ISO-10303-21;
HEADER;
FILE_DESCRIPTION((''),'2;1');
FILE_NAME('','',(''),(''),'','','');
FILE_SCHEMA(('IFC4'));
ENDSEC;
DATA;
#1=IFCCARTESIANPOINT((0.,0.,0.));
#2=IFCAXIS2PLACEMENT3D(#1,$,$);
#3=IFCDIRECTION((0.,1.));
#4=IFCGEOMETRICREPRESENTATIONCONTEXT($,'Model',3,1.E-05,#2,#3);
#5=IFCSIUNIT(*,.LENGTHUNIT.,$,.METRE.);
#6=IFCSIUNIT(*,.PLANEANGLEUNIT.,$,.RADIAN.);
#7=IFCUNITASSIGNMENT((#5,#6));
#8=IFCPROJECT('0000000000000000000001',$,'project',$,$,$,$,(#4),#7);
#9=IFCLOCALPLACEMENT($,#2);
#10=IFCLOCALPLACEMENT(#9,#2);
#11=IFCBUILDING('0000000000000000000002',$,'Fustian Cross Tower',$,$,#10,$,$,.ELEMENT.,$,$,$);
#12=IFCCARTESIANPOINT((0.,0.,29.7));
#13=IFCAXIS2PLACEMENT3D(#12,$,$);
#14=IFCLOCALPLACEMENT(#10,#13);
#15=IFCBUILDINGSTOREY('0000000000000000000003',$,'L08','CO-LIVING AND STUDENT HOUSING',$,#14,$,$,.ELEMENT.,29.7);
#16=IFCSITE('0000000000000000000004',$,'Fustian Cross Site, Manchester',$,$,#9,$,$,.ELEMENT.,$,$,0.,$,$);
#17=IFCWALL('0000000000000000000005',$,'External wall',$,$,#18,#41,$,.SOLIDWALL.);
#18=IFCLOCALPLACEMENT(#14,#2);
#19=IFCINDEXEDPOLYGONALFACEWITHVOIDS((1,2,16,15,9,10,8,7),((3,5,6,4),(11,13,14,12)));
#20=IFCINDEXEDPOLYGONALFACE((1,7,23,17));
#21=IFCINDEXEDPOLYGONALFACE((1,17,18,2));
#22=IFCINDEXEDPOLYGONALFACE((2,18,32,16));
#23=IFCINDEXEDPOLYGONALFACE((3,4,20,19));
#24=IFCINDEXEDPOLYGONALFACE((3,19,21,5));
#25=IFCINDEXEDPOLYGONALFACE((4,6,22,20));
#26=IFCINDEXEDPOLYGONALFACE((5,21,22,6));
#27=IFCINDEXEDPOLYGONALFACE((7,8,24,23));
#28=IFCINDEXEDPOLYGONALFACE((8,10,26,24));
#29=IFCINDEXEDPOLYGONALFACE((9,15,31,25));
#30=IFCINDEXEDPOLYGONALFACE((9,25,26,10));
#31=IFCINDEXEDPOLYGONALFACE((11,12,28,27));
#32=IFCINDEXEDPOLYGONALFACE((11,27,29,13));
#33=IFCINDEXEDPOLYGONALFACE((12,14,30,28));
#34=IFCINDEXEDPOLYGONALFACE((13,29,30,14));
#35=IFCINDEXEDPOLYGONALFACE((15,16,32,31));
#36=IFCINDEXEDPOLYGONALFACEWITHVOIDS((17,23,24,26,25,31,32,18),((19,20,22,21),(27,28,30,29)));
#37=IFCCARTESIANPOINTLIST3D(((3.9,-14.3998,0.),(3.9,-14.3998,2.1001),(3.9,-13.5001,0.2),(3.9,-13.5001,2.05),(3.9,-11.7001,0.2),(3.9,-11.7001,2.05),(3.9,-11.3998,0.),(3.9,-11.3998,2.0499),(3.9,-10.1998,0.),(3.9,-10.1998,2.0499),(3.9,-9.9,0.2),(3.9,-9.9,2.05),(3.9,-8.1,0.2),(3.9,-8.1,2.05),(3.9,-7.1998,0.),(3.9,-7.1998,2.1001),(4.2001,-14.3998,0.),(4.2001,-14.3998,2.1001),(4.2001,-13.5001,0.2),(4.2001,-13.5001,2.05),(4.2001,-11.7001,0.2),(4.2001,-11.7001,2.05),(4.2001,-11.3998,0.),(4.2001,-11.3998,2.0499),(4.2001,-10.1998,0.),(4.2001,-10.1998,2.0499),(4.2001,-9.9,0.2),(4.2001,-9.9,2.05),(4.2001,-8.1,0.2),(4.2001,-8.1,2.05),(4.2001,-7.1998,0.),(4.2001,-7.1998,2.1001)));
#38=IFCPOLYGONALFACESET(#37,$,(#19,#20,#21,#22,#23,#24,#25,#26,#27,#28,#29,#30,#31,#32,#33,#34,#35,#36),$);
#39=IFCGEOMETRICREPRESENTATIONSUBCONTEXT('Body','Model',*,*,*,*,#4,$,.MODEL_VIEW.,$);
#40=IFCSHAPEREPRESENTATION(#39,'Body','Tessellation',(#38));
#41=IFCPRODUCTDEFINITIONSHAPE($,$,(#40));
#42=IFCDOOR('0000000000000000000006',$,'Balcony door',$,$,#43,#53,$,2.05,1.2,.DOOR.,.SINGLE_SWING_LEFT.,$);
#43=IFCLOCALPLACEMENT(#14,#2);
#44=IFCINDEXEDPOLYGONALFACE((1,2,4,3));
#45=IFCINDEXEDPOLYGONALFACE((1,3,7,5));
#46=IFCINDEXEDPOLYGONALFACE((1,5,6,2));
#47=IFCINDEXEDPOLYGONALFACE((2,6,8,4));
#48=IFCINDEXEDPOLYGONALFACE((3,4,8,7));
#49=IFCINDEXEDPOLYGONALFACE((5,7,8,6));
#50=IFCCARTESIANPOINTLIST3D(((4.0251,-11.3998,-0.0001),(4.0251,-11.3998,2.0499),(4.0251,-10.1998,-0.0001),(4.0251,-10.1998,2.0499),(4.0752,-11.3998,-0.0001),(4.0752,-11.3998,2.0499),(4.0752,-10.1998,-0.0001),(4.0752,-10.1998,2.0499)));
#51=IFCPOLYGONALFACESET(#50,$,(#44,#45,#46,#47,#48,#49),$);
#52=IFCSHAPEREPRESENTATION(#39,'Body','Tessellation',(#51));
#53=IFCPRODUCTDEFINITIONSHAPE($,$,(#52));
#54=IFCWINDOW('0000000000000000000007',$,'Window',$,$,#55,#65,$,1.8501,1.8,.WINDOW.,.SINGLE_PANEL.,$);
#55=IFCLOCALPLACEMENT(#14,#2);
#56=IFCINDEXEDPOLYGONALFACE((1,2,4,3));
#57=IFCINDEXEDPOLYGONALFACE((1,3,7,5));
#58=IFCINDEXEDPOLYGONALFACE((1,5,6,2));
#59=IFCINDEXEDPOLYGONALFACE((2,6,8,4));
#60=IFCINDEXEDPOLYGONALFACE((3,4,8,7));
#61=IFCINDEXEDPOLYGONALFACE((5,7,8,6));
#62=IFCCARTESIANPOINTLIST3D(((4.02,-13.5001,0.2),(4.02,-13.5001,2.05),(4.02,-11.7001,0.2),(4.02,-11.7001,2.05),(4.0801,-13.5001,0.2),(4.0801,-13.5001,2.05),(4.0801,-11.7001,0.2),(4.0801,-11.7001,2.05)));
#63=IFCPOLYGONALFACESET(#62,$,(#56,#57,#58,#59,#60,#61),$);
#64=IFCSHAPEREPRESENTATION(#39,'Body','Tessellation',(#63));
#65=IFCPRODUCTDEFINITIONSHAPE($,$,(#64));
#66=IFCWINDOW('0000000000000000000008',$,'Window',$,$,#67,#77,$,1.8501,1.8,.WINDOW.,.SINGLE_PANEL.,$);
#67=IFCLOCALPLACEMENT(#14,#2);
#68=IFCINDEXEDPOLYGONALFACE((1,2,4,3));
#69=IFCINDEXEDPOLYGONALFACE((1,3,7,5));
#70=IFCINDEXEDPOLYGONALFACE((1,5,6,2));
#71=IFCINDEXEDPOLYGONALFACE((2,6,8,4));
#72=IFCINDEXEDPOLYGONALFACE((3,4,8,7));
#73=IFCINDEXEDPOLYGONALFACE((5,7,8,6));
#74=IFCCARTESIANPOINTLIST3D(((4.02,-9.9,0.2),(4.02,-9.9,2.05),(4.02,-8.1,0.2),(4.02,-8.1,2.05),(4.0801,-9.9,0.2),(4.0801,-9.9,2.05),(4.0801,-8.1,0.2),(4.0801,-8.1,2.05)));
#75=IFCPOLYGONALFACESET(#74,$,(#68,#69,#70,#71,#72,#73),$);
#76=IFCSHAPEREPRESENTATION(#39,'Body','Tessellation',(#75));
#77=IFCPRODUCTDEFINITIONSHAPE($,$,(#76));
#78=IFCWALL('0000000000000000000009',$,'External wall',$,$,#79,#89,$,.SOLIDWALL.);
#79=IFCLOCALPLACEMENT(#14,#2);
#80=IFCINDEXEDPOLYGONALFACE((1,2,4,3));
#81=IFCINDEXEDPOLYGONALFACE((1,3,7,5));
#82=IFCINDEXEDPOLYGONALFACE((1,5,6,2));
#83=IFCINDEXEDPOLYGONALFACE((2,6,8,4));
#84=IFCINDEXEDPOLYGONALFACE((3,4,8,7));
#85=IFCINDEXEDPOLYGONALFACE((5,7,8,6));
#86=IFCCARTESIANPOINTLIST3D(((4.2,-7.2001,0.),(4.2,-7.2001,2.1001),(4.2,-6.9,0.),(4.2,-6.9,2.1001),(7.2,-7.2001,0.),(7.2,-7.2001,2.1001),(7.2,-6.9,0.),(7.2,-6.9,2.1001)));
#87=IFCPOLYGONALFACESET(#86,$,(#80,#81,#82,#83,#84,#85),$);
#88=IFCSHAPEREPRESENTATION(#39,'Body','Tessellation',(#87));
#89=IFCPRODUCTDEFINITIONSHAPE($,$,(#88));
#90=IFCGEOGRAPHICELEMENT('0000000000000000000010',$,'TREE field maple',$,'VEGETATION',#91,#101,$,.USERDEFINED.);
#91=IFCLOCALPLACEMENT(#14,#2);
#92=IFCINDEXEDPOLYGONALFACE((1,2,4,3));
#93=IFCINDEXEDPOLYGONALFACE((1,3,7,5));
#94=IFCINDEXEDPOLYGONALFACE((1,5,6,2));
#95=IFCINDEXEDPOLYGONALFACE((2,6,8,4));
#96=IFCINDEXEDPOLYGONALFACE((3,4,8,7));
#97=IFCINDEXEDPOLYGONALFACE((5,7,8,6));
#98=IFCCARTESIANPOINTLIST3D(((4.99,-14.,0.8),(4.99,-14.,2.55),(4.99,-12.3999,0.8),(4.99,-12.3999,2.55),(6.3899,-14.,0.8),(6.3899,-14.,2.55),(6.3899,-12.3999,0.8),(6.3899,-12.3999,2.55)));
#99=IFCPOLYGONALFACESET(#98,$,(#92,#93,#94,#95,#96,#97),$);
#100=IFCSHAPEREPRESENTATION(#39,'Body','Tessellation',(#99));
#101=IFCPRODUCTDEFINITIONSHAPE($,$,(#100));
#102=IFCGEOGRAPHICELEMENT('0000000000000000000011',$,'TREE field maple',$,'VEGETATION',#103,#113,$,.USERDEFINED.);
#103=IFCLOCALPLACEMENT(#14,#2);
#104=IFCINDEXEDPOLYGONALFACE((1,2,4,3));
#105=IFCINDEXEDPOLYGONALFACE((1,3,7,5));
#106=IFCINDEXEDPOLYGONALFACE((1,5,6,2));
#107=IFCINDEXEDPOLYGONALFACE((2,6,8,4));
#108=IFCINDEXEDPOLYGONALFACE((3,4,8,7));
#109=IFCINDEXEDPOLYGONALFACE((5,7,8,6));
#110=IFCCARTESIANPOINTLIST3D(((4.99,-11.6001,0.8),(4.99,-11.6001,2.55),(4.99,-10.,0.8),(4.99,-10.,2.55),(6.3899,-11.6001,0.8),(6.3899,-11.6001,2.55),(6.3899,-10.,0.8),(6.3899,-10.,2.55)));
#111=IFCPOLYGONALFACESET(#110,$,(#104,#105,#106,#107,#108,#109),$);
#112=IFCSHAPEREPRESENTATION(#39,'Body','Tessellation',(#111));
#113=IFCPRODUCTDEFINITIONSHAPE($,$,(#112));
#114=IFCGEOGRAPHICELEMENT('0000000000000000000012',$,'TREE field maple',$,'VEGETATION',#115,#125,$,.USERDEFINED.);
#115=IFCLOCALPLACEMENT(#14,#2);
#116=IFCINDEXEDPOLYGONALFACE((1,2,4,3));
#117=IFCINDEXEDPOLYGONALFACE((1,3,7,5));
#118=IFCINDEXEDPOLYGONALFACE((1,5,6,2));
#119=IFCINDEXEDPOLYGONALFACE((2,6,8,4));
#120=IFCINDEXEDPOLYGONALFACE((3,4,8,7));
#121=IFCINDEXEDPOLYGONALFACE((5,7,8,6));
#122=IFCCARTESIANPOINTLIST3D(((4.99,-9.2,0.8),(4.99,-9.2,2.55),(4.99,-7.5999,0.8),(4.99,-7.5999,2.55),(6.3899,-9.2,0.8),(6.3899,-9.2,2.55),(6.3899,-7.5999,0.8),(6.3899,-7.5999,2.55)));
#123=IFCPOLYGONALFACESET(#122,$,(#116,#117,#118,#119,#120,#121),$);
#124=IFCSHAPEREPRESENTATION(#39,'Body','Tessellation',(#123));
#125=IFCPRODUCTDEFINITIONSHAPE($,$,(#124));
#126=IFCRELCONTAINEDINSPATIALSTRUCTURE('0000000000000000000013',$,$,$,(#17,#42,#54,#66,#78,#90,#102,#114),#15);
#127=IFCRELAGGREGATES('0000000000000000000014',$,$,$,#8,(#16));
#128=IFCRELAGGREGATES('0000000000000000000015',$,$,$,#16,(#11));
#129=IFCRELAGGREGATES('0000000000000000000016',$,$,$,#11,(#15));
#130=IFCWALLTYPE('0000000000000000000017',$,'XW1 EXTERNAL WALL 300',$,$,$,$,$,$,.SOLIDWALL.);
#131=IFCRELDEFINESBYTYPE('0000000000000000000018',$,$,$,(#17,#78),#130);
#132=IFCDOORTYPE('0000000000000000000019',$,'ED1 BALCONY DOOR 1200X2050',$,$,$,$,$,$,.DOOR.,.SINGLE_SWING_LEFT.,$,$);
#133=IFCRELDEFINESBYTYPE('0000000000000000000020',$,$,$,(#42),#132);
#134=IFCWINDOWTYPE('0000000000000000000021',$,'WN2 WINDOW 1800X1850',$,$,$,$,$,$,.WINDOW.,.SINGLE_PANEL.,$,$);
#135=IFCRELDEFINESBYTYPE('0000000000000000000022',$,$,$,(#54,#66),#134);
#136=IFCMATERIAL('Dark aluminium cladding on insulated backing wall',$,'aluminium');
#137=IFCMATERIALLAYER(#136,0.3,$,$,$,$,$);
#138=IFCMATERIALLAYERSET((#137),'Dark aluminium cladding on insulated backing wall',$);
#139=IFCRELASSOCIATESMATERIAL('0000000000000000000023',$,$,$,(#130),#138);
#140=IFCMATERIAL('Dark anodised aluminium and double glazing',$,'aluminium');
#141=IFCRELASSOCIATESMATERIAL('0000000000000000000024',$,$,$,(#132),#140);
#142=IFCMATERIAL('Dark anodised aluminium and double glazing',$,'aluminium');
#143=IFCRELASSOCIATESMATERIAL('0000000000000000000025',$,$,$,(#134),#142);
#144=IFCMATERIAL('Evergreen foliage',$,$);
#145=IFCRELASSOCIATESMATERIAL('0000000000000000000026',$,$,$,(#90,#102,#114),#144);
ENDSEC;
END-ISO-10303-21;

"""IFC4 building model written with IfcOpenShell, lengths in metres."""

from ifc_helpers import new_model, si_unit, direction, frame, frame_2d, origin, origin_2d, place, context, subcontext, project, spatial, rectangle, extrude, material, layer, layer_set, type_object, element, fill, save


model = new_model("IFC4")

# Units and contexts
model_context = context("Model", 3, precision=1e-05, world=origin(), true_north=direction((0.0, 1.0)))
body_context = subcontext(model_context, "Body", "Model", "MODEL_VIEW")
ifc_project = project(units=[si_unit("LENGTHUNIT", "METRE"), si_unit("PLANEANGLEUNIT", "RADIAN")], contexts=[model_context])

# Site, building, storey
site_placement = place(None, origin())
site = spatial("IfcSite", under=ifc_project, at=site_placement, Name="Fustian Cross Site, Manchester", CompositionType="ELEMENT", RefElevation=0.0)
building_placement = place(site_placement, origin())
building = spatial("IfcBuilding", under=site, at=building_placement, Name="Fustian Cross Tower", CompositionType="ELEMENT")
storey_placement = place(building_placement, frame((0.0, 0.0, 29.7)))
storey = spatial("IfcBuildingStorey", under=building, at=storey_placement, Name="L08", Description="CO-LIVING AND STUDENT HOUSING", CompositionType="ELEMENT", Elevation=29.7)

# Shared definitions
ifc_material_1 = material(Name="Dark aluminium cladding on insulated backing wall", Category="aluminium")
ifc_layer_1 = layer(ifc_material_1, 0.3)
ifc_layer_set_1 = layer_set([ifc_layer_1], Name="Dark aluminium cladding on insulated backing wall")
wall_type_1 = type_object("IfcWallType", Name="XW1 EXTERNAL WALL 300", PredefinedType="SOLIDWALL", material=ifc_layer_set_1)

# Wall, openings, door, windows
wall_1_placement = place(storey_placement, frame((4.05, -14.3999, 0.0), z_axis=(0.0, 0.0, 1.0), x_axis=(0.0, 1.0, 0.0)))
wall_1 = element("IfcWall", 1, at=wall_1_placement, inside=storey, type_object=wall_type_1, Name="External wall", PredefinedType="SOLIDWALL", context=body_context, shape_type="SweptSolid", body=[
    extrude(rectangle(XDim=7.2, YDim=0.3, at=frame_2d((3.6001, 0.0))), origin(), (0.0, 0.0, 1.0), 2.1001),
])
opening_1_placement = place(wall_1_placement, frame((3.0, 0.0, 0.0)))
opening_1 = element("IfcOpeningElement", 2, at=opening_1_placement, cuts=wall_1, PredefinedType="OPENING", context=body_context, shape_type="SweptSolid", body=[
    extrude(rectangle(XDim=1.2, YDim=2.05, at=frame_2d((0.6001, 1.0249))), frame((0.0, 0.1599, 0.0), z_axis=(0.0, -1.0, 0.0), x_axis=(1.0, 0.0, 0.0)), (0.0, 0.0, 1.0), 0.3201),
])
opening_2_placement = place(wall_1_placement, frame((0.8999, 0.0, 0.2)))
opening_2 = element("IfcOpeningElement", 3, at=opening_2_placement, cuts=wall_1, PredefinedType="OPENING", context=body_context, shape_type="SweptSolid", body=[
    extrude(rectangle(XDim=1.8, YDim=1.8501, at=frame_2d((0.8999, 0.925))), frame((0.0, 0.1599, 0.0), z_axis=(0.0, -1.0, 0.0), x_axis=(1.0, 0.0, 0.0)), (0.0, 0.0, 1.0), 0.3201),
])
opening_3_placement = place(wall_1_placement, frame((4.5, 0.0, 0.2)))
opening_3 = element("IfcOpeningElement", 4, at=opening_3_placement, cuts=wall_1, PredefinedType="OPENING", context=body_context, shape_type="SweptSolid", body=[
    extrude(rectangle(XDim=1.8, YDim=1.8501, at=frame_2d((0.8999, 0.925))), frame((0.0, 0.1599, 0.0), z_axis=(0.0, -1.0, 0.0), x_axis=(1.0, 0.0, 0.0)), (0.0, 0.0, 1.0), 0.3201),
])
ifc_material_2 = material(Name="Dark anodised aluminium and double glazing", Category="aluminium")
door_type_1 = type_object("IfcDoorType", Name="ED1 BALCONY DOOR 1200X2050", OperationType="SINGLE_SWING_LEFT", PredefinedType="DOOR", material=ifc_material_2)
door_1_placement = place(opening_1_placement, origin())
door_1 = element("IfcDoor", 5, at=door_1_placement, inside=storey, type_object=door_type_1, Name="Balcony door", OperationType="SINGLE_SWING_LEFT", OverallHeight=2.05, OverallWidth=1.2, PredefinedType="DOOR", context=body_context, shape_type="SweptSolid", body=[
    extrude(rectangle(XDim=1.2, YDim=2.05, at=frame_2d((0.6001, 1.0249))), frame((0.0, 0.0249, 0.0), z_axis=(0.0, -1.0, 0.0), x_axis=(1.0, 0.0, 0.0)), (0.0, 0.0, 1.0), 0.05),
])
fill(opening_1, door_1)
ifc_material_3 = material(Name="Dark anodised aluminium and double glazing", Category="aluminium")
window_type = type_object("IfcWindowType", Name="WN2 WINDOW 1800X1850", PartitioningType="SINGLE_PANEL", PredefinedType="WINDOW", material=ifc_material_3)
window_1_placement = place(opening_2_placement, origin())
window_1 = element("IfcWindow", 6, at=window_1_placement, inside=storey, type_object=window_type, Name="Window", OverallHeight=1.8501, OverallWidth=1.8, PartitioningType="SINGLE_PANEL", PredefinedType="WINDOW", context=body_context, shape_type="SweptSolid", body=[
    extrude(rectangle(XDim=1.8, YDim=1.8501, at=frame_2d((0.8999, 0.925))), frame((0.0, 0.03, 0.0), z_axis=(0.0, -1.0, 0.0), x_axis=(1.0, 0.0, 0.0)), (0.0, 0.0, 1.0), 0.0601),
])
fill(opening_2, window_1)
window_2_placement = place(opening_3_placement, origin())
window_2 = element("IfcWindow", 7, at=window_2_placement, inside=storey, type_object=window_type, Name="Window", OverallHeight=1.8501, OverallWidth=1.8, PartitioningType="SINGLE_PANEL", PredefinedType="WINDOW", context=body_context, shape_type="SweptSolid", body=[
    extrude(rectangle(XDim=1.8, YDim=1.8501, at=frame_2d((0.8999, 0.925))), frame((0.0, 0.03, 0.0), z_axis=(0.0, -1.0, 0.0), x_axis=(1.0, 0.0, 0.0)), (0.0, 0.0, 1.0), 0.0601),
])
fill(opening_3, window_2)

# Wall
wall_2_placement = place(storey_placement, frame((4.2, -7.05, 0.0), z_axis=(0.0, 0.0, 1.0), x_axis=(1.0, 0.0, 0.0)))
element("IfcWall", 8, at=wall_2_placement, inside=storey, type_object=wall_type_1, Name="External wall", PredefinedType="SOLIDWALL", context=body_context, shape_type="SweptSolid", body=[
    extrude(rectangle(XDim=3.0, YDim=0.3, at=frame_2d((1.5, 0.0))), origin(), (0.0, 0.0, 1.0), 2.1001),
])

# Geographic elements
ifc_material_4 = material(Name="Evergreen foliage")
for number, where, z_axis, x_axis, name in (
    (9, (5.6899, -13.2, 0.8), (0.0, 0.0, 1.0), (1.0, 0.0, 0.0), "TREE field maple"),
    (10, (5.6899, -10.8, 0.8), (0.0, 0.0, 1.0), (1.0, 0.0, 0.0), "TREE field maple"),
    (11, (5.6899, -8.3999, 0.8), (0.0, 0.0, 1.0), (1.0, 0.0, 0.0), "TREE field maple"),
):
    element("IfcGeographicElement", number, at=place(storey_placement, frame(where, z_axis=z_axis, x_axis=x_axis)), inside=storey, material=ifc_material_4, Name=name, ObjectType="VEGETATION", PredefinedType="USERDEFINED", context=body_context, shape_type="SweptSolid", body=[
        extrude(rectangle(XDim=1.3999, YDim=1.6001, at=origin_2d()), origin(), (0.0, 0.0, 1.0), 1.75),
    ])

save(model, "model.ifc")
